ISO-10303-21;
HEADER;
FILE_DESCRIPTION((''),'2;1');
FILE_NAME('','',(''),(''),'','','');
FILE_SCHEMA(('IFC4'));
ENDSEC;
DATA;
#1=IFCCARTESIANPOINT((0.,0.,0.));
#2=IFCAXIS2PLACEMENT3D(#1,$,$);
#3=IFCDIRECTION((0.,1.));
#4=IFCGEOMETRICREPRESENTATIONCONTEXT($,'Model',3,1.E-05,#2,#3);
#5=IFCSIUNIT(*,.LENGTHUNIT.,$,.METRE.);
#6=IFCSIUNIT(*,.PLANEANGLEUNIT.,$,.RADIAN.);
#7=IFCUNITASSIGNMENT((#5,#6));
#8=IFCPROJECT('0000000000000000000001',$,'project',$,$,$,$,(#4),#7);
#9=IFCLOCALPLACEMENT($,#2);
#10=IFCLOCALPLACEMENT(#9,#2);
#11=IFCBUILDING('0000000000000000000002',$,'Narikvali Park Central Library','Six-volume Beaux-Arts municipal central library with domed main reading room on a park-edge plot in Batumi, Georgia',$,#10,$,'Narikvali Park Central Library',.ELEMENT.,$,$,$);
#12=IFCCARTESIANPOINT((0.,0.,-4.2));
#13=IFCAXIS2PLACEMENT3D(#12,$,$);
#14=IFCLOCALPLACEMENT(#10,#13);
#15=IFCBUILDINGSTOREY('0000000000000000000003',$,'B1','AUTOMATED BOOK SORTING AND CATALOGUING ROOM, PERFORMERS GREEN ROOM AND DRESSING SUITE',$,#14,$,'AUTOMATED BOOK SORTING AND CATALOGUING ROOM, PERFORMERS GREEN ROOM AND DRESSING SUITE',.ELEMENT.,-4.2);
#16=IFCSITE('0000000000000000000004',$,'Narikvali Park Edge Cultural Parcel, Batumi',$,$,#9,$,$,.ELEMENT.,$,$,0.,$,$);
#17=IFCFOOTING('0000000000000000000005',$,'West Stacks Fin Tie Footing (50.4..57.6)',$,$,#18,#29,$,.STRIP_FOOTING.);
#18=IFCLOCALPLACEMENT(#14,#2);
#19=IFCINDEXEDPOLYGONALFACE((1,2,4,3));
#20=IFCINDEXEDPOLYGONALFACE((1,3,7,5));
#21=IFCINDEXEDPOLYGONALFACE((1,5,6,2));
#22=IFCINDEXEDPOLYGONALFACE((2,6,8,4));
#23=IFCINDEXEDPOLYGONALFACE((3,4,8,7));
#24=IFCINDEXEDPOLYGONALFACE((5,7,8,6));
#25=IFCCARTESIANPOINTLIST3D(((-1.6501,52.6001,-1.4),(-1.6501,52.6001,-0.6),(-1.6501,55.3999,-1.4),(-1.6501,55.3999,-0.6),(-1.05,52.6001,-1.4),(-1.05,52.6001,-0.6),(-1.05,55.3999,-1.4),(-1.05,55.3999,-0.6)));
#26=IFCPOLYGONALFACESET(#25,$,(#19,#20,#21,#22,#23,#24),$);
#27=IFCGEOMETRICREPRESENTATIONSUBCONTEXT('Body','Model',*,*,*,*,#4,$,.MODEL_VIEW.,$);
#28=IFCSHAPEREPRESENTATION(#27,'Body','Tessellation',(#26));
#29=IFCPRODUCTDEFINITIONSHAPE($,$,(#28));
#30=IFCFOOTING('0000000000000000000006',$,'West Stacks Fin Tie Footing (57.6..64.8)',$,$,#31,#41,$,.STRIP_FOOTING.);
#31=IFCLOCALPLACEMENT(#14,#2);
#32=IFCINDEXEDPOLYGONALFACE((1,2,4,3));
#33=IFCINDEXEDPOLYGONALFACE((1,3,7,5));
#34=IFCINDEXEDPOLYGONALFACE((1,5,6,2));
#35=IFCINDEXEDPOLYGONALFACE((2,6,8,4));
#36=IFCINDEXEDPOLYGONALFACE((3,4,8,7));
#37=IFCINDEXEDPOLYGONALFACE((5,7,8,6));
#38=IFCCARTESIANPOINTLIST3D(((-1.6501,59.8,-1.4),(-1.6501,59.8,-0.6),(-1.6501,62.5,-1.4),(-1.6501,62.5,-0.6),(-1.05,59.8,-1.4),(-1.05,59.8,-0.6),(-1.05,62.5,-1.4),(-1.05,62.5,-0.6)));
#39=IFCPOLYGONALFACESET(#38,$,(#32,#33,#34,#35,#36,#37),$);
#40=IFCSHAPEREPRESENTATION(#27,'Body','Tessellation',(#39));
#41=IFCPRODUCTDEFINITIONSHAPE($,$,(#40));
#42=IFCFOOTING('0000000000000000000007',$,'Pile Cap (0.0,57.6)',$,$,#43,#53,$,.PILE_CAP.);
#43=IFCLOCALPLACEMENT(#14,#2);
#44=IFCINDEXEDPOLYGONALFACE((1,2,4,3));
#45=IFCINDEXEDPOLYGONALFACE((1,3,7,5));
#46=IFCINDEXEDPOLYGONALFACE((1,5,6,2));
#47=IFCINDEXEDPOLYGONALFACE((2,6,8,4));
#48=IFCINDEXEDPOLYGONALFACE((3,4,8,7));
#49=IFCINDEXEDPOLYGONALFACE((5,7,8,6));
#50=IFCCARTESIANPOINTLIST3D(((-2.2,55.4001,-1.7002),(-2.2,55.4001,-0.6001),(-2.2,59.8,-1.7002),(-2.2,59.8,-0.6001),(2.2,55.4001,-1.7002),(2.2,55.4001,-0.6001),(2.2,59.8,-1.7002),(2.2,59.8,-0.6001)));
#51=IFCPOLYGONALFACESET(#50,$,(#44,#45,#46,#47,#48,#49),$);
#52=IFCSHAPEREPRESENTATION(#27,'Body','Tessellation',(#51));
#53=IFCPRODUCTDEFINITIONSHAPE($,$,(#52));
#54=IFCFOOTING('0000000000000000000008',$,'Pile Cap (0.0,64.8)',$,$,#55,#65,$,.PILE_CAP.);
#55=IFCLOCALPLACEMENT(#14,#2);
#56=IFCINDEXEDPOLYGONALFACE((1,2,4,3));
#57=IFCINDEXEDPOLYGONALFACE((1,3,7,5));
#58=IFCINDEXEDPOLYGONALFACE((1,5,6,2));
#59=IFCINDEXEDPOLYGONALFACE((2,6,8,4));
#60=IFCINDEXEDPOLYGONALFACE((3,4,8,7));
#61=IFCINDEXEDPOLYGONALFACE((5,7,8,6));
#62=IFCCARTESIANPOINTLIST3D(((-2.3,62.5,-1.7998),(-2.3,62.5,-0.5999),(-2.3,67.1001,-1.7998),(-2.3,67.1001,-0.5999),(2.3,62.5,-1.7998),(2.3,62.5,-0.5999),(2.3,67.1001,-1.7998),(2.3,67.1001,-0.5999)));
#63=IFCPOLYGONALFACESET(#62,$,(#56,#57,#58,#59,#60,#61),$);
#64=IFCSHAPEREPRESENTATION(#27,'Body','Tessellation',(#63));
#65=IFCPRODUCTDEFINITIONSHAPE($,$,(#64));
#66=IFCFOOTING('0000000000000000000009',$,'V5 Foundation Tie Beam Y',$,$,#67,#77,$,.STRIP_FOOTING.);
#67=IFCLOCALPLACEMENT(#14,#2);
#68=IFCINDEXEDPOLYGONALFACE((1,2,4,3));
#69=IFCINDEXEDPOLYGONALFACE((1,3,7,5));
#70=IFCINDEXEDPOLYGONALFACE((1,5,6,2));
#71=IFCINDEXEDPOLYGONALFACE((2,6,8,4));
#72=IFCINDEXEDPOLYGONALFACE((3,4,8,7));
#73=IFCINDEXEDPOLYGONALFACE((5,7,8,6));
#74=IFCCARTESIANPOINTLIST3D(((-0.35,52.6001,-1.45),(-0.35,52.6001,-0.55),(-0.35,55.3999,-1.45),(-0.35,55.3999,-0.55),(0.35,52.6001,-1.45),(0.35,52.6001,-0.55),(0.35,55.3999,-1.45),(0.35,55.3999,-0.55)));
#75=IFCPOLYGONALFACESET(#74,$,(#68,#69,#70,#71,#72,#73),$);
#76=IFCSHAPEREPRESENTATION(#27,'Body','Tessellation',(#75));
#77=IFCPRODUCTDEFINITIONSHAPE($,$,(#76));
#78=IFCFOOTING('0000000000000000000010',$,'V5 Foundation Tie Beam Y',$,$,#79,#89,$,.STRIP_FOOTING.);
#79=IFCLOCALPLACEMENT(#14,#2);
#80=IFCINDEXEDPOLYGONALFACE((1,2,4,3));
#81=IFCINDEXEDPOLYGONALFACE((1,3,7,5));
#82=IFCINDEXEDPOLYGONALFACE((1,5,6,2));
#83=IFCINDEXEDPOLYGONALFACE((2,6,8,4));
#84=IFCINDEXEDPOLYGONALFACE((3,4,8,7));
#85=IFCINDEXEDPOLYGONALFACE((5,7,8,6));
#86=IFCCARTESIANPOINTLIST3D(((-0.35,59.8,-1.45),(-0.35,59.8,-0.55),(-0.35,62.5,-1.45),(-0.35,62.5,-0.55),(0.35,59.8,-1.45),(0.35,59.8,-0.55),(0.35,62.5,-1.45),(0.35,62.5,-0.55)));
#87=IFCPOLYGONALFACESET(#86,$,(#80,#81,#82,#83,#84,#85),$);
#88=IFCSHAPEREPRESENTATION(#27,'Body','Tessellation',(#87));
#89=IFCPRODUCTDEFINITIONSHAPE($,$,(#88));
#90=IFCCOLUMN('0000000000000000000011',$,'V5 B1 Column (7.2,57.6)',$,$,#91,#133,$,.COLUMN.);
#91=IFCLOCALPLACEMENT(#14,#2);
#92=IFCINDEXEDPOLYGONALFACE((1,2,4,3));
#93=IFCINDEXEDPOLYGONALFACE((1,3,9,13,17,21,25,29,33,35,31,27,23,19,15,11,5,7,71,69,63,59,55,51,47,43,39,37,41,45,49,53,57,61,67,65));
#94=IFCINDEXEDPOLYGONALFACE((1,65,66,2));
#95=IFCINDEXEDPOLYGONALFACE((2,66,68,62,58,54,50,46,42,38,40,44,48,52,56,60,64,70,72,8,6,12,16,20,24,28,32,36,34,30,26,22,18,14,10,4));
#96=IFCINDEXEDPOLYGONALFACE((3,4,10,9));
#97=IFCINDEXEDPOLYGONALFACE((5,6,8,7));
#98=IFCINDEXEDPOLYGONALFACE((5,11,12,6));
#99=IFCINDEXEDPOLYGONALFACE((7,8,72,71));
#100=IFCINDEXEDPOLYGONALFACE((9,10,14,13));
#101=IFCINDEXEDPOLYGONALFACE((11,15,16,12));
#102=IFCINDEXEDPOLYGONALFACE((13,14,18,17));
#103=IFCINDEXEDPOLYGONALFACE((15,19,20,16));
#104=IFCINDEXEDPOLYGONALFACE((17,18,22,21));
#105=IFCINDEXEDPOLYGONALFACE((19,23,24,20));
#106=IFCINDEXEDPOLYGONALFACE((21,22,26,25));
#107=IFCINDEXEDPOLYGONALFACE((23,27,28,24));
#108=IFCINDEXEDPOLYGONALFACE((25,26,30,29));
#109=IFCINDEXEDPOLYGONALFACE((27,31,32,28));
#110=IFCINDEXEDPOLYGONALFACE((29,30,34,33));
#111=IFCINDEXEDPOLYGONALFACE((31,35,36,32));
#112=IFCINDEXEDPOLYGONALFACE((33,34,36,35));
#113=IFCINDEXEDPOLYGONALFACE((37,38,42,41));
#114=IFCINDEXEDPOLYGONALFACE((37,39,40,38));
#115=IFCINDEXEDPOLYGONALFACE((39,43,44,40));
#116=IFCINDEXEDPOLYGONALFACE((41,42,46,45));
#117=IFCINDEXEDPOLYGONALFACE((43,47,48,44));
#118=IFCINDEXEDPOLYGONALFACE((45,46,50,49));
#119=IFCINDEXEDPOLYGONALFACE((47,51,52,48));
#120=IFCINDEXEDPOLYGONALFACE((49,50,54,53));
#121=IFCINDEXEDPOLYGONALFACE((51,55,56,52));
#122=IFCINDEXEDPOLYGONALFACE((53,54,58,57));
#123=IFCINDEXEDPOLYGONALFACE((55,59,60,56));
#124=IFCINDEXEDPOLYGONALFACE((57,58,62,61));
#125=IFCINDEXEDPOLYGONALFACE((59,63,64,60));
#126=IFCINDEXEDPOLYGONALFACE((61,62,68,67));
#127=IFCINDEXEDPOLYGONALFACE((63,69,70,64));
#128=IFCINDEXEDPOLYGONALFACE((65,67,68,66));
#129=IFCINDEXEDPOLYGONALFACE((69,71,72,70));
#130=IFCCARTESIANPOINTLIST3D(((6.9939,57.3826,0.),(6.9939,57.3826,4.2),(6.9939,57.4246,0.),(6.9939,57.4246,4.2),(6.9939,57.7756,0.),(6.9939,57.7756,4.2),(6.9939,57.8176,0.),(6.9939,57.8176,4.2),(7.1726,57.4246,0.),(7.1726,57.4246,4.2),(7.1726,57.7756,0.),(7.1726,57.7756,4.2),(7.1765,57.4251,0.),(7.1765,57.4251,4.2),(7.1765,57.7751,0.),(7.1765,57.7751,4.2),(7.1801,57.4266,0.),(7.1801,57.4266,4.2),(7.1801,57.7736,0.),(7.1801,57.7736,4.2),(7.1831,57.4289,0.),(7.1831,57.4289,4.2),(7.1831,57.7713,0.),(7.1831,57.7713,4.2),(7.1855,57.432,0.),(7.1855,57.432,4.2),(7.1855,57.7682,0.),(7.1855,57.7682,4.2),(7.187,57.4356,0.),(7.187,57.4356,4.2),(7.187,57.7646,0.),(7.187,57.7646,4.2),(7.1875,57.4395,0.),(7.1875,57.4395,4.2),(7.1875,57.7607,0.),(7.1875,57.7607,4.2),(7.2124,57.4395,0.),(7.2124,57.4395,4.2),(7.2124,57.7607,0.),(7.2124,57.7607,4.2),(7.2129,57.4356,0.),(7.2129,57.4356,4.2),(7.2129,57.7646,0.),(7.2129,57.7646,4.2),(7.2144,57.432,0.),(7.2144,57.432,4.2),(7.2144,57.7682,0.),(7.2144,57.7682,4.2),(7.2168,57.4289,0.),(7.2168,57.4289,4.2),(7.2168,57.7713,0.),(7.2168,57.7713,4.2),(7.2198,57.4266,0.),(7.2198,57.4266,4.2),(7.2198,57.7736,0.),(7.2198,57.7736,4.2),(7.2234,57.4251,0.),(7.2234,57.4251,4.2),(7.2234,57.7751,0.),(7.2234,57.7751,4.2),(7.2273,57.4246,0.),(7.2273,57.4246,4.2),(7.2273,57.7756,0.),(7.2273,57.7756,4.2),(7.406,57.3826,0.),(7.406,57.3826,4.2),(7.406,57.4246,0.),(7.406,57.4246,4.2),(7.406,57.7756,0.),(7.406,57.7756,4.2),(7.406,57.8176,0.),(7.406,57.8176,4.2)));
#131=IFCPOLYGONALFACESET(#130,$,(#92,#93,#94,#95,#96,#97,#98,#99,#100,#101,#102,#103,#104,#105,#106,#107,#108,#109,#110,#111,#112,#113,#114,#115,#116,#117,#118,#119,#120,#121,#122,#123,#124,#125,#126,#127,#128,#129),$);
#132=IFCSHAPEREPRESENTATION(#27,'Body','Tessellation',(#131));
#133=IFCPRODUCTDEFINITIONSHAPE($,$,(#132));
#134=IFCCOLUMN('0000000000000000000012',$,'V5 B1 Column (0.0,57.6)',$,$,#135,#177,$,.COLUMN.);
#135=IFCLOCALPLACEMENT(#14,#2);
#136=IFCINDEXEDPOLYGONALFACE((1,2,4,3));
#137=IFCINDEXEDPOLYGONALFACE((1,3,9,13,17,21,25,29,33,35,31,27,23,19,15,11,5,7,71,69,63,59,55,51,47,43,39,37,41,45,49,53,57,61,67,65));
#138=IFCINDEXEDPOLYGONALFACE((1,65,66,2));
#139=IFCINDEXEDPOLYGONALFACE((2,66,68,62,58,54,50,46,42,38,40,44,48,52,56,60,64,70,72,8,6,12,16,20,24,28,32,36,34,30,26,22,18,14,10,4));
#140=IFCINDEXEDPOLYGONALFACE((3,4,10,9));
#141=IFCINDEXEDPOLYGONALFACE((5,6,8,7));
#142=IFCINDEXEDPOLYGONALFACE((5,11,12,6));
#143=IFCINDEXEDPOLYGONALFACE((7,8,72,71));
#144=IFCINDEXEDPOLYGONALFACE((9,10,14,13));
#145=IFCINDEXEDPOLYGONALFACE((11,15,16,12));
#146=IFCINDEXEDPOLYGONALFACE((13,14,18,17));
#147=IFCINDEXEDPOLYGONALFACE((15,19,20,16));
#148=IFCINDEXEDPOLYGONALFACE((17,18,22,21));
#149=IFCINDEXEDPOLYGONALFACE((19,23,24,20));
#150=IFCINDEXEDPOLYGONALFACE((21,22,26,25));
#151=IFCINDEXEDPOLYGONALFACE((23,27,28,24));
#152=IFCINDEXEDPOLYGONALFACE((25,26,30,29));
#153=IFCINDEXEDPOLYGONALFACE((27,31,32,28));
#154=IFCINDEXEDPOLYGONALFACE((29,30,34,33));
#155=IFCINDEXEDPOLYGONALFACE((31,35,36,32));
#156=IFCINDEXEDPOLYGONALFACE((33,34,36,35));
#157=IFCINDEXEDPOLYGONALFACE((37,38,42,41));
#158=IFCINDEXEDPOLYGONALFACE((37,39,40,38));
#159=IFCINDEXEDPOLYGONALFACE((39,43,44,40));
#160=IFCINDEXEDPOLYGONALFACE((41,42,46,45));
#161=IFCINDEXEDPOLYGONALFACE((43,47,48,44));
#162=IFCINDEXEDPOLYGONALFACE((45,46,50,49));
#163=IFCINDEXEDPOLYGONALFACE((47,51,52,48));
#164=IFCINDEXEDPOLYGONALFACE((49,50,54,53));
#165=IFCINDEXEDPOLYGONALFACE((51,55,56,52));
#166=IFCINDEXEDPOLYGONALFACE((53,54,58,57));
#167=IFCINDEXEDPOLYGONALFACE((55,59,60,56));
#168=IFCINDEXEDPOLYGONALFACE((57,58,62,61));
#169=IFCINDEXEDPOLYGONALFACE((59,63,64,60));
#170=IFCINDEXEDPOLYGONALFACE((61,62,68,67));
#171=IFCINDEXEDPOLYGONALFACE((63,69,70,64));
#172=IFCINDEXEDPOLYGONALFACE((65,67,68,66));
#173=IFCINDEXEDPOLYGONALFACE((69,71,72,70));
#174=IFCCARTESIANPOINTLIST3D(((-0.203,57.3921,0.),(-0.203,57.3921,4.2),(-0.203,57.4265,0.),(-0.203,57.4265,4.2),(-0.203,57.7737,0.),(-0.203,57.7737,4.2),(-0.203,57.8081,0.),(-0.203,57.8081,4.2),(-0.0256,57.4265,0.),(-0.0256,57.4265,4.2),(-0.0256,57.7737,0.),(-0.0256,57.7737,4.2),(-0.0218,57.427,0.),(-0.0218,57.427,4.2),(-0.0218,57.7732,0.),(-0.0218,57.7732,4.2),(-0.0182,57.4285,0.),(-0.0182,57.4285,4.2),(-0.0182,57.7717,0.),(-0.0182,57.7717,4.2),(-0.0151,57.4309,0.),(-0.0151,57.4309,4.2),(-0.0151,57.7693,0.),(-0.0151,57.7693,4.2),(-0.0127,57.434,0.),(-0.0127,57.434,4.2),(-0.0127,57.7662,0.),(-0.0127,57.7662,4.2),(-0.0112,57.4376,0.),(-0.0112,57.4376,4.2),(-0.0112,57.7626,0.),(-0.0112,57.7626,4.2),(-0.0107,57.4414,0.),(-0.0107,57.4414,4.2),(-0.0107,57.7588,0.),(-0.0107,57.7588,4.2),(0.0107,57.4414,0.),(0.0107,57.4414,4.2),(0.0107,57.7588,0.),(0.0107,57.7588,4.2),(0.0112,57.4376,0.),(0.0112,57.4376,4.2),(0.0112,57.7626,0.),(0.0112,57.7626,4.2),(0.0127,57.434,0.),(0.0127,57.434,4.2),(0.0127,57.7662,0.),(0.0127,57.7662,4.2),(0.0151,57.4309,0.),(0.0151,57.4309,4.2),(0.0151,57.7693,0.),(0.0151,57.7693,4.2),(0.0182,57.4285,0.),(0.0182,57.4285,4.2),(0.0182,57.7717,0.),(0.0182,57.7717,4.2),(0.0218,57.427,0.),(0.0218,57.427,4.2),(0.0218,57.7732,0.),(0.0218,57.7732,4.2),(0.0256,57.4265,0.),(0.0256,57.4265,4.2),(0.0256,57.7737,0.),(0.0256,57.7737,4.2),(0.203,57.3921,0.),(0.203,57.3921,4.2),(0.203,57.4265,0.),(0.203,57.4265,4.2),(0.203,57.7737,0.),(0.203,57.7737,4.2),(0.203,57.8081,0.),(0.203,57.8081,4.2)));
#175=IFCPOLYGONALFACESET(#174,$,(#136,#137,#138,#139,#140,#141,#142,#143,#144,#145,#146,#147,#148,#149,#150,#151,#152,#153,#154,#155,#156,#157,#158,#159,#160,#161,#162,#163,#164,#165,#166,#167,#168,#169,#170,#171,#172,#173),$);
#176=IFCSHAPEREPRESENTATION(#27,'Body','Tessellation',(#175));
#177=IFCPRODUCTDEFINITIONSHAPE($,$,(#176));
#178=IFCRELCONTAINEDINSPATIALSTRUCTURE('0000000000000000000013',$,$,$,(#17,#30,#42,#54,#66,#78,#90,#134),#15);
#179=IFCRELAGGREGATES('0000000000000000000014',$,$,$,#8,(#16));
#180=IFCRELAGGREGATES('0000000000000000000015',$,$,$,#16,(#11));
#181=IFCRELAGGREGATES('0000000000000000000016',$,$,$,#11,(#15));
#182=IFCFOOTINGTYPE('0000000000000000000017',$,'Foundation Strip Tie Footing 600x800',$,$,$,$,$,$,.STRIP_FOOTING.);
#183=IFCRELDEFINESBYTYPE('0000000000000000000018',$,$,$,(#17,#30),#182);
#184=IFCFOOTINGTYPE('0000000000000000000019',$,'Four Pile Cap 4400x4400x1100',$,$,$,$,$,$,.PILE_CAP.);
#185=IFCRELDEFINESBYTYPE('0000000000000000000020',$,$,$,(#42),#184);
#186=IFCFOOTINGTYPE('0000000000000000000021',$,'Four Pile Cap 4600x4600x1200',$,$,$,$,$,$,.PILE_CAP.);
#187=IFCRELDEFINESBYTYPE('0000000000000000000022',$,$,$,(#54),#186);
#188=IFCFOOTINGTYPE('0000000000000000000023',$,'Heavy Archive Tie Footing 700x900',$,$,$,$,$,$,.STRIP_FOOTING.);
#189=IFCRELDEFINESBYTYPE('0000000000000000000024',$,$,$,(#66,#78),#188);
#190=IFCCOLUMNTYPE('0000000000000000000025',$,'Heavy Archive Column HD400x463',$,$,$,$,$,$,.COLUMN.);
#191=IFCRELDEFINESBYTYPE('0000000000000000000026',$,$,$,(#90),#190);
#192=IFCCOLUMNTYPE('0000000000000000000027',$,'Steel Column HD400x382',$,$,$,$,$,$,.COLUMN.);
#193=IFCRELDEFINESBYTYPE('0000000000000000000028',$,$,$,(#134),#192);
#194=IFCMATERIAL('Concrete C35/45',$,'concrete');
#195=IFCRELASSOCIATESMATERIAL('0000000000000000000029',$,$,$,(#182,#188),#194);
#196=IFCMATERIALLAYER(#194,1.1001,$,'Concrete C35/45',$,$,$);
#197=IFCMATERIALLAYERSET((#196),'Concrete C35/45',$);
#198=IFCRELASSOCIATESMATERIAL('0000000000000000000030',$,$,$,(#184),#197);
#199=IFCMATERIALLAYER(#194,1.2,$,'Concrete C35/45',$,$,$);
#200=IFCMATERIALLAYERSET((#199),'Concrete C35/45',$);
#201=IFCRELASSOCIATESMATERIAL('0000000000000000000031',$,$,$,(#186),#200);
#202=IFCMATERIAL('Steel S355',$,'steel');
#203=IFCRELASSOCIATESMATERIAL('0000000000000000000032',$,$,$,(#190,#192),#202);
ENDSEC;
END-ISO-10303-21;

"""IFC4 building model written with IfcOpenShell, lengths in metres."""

from ifc_helpers import new_model, si_unit, direction, frame, origin, origin_2d, place, context, subcontext, project, spatial, rectangle, i_section, extrude, material, layer, layer_set, material_profile, profile_set, type_object, element, save


model = new_model("IFC4")

# Units and contexts
model_context = context("Model", 3, precision=1e-05, world=origin(), true_north=direction((0.0, 1.0)))
body_context = subcontext(model_context, "Body", "Model", "MODEL_VIEW")
ifc_project = project(units=[si_unit("LENGTHUNIT", "METRE"), si_unit("PLANEANGLEUNIT", "RADIAN")], contexts=[model_context])

# Site, building, storey
site_placement = place(None, origin())
site = spatial("IfcSite", under=ifc_project, at=site_placement, Name="Narikvali Park Edge Cultural Parcel, Batumi", CompositionType="ELEMENT", RefElevation=0.0)
building_placement = place(site_placement, origin())
building = spatial("IfcBuilding", under=site, at=building_placement, Name="Narikvali Park Central Library", Description="Six-volume Beaux-Arts municipal central library with domed main reading room on a park-edge plot in Batumi, Georgia", LongName="Narikvali Park Central Library", CompositionType="ELEMENT")
storey_placement = place(building_placement, frame((0.0, 0.0, -4.2)))
storey = spatial("IfcBuildingStorey", under=building, at=storey_placement, Name="B1", Description="AUTOMATED BOOK SORTING AND CATALOGUING ROOM, PERFORMERS GREEN ROOM AND DRESSING SUITE", LongName="AUTOMATED BOOK SORTING AND CATALOGUING ROOM, PERFORMERS GREEN ROOM AND DRESSING SUITE", CompositionType="ELEMENT", Elevation=-4.2)

# Shared definitions
ifc_material_1 = material(Name="Concrete C35/45", Category="concrete")

# Footings
ifc_material_profile_1 = material_profile(ifc_material_1, rectangle(XDim=0.6001, YDim=0.8, at=origin_2d()), Name="RC GB 600x800")
ifc_profile_set_1 = profile_set([ifc_material_profile_1], Name="Concrete C35/45")
footing_type_1 = type_object("IfcFootingType", Name="Foundation Strip Tie Footing 600x800", PredefinedType="STRIP_FOOTING", material=ifc_profile_set_1)
footing_1_placement = place(storey_placement, frame((-1.3501, 52.6001, -1.0), z_axis=(0.0, 1.0, 0.0), x_axis=(-1.0, 0.0, 0.0)))
element("IfcFooting", 1, at=footing_1_placement, inside=storey, type_object=footing_type_1, Name="West Stacks Fin Tie Footing (50.4..57.6)", PredefinedType="STRIP_FOOTING", context=body_context, shape_type="SweptSolid", body=[
    extrude(rectangle(XDim=0.6001, YDim=0.8, at=origin_2d()), origin(), (0.0, 0.0, 1.0), 2.7998),
])
footing_2_placement = place(storey_placement, frame((-1.3501, 59.8, -1.0), z_axis=(0.0, 1.0, 0.0), x_axis=(-1.0, 0.0, 0.0)))
element("IfcFooting", 2, at=footing_2_placement, inside=storey, type_object=footing_type_1, Name="West Stacks Fin Tie Footing (57.6..64.8)", PredefinedType="STRIP_FOOTING", context=body_context, shape_type="SweptSolid", body=[
    extrude(rectangle(XDim=0.6001, YDim=0.8, at=origin_2d()), origin(), (0.0, 0.0, 1.0), 2.7),
])
ifc_layer_1 = layer(ifc_material_1, 1.1001, Name="Concrete C35/45")
ifc_layer_set_1 = layer_set([ifc_layer_1], Name="Concrete C35/45")
footing_type_2 = type_object("IfcFootingType", Name="Four Pile Cap 4400x4400x1100", PredefinedType="PILE_CAP", material=ifc_layer_set_1)
footing_3_placement = place(storey_placement, frame((0.0, 57.6001, -1.7002), z_axis=(0.0, 0.0, 1.0), x_axis=(1.0, 0.0, 0.0)))
element("IfcFooting", 3, at=footing_3_placement, inside=storey, type_object=footing_type_2, Name="Pile Cap (0.0,57.6)", PredefinedType="PILE_CAP", context=body_context, shape_type="SweptSolid", body=[
    extrude(rectangle(XDim=4.3999, YDim=4.3999, at=origin_2d()), origin(), (0.0, 0.0, 1.0), 1.1001),
])
ifc_layer_2 = layer(ifc_material_1, 1.2, Name="Concrete C35/45")
ifc_layer_set_2 = layer_set([ifc_layer_2], Name="Concrete C35/45")
footing_type_3 = type_object("IfcFootingType", Name="Four Pile Cap 4600x4600x1200", PredefinedType="PILE_CAP", material=ifc_layer_set_2)
footing_4_placement = place(storey_placement, frame((0.0, 64.8, -1.7998), z_axis=(0.0, 0.0, 1.0), x_axis=(1.0, 0.0, 0.0)))
element("IfcFooting", 4, at=footing_4_placement, inside=storey, type_object=footing_type_3, Name="Pile Cap (0.0,64.8)", PredefinedType="PILE_CAP", context=body_context, shape_type="SweptSolid", body=[
    extrude(rectangle(XDim=4.6001, YDim=4.6001, at=origin_2d()), origin(), (0.0, 0.0, 1.0), 1.2),
])
ifc_material_profile_2 = material_profile(ifc_material_1, rectangle(XDim=0.7, YDim=0.8999, at=origin_2d()), Name="RC GB 700x900")
ifc_profile_set_2 = profile_set([ifc_material_profile_2], Name="Concrete C35/45")
footing_type_4 = type_object("IfcFootingType", Name="Heavy Archive Tie Footing 700x900", PredefinedType="STRIP_FOOTING", material=ifc_profile_set_2)
footing_5_placement = place(storey_placement, frame((0.0, 52.6001, -1.0), z_axis=(0.0, 1.0, 0.0), x_axis=(-1.0, 0.0, 0.0)))
element("IfcFooting", 5, at=footing_5_placement, inside=storey, type_object=footing_type_4, Name="V5 Foundation Tie Beam Y", PredefinedType="STRIP_FOOTING", context=body_context, shape_type="SweptSolid", body=[
    extrude(rectangle(XDim=0.7, YDim=0.8999, at=origin_2d()), origin(), (0.0, 0.0, 1.0), 2.7998),
])
footing_6_placement = place(storey_placement, frame((0.0, 59.8, -1.0), z_axis=(0.0, 1.0, 0.0), x_axis=(-1.0, 0.0, 0.0)))
element("IfcFooting", 6, at=footing_6_placement, inside=storey, type_object=footing_type_4, Name="V5 Foundation Tie Beam Y", PredefinedType="STRIP_FOOTING", context=body_context, shape_type="SweptSolid", body=[
    extrude(rectangle(XDim=0.7, YDim=0.8999, at=origin_2d()), origin(), (0.0, 0.0, 1.0), 2.7),
])

# Columns
ifc_material_2 = material(Name="Steel S355", Category="steel")
ifc_material_profile_3 = material_profile(ifc_material_2, i_section(OverallWidth=0.4121, OverallDepth=0.4351, WebThickness=0.0249, FlangeThickness=0.042, FilletRadius=0.0149, at=origin_2d()), Name="HD 400x463")
ifc_profile_set_3 = profile_set([ifc_material_profile_3], Name="Steel S355")
column_type_1 = type_object("IfcColumnType", Name="Heavy Archive Column HD400x463", PredefinedType="COLUMN", material=ifc_profile_set_3)
column_placement = place(storey_placement, frame((7.2, 57.6001, 0.0), z_axis=(0.0, 0.0, 1.0), x_axis=(1.0, 0.0, 0.0)))
element("IfcColumn", 7, at=column_placement, inside=storey, type_object=column_type_1, Name="V5 B1 Column (7.2,57.6)", PredefinedType="COLUMN", context=body_context, shape_type="SweptSolid", body=[
    extrude(i_section(OverallWidth=0.4121, OverallDepth=0.4351, WebThickness=0.0249, FlangeThickness=0.042, FilletRadius=0.0149, at=origin_2d()), origin(), (0.0, 0.0, 1.0), 4.2),
])
ifc_material_profile_4 = material_profile(ifc_material_2, i_section(OverallWidth=0.406, OverallDepth=0.416, WebThickness=0.0215, FlangeThickness=0.0344, FilletRadius=0.0149, at=origin_2d()), Name="HD 400x382")
ifc_profile_set_4 = profile_set([ifc_material_profile_4], Name="Steel S355")
column_type_2 = type_object("IfcColumnType", Name="Steel Column HD400x382", PredefinedType="COLUMN", material=ifc_profile_set_4)
for number, where, z_axis, x_axis, name in (
    (8, (0.0, 57.6001, 0.0), (0.0, 0.0, 1.0), (1.0, 0.0, 0.0), "V5 B1 Column (0.0,57.6)"),
):
    element("IfcColumn", number, at=place(storey_placement, frame(where, z_axis=z_axis, x_axis=x_axis)), inside=storey, type_object=column_type_2, Name=name, PredefinedType="COLUMN", context=body_context, shape_type="SweptSolid", body=[
        extrude(i_section(OverallWidth=0.406, OverallDepth=0.416, WebThickness=0.0215, FlangeThickness=0.0344, FilletRadius=0.0149, at=origin_2d()), origin(), (0.0, 0.0, 1.0), 4.2),
    ])

save(model, "model.ifc")
